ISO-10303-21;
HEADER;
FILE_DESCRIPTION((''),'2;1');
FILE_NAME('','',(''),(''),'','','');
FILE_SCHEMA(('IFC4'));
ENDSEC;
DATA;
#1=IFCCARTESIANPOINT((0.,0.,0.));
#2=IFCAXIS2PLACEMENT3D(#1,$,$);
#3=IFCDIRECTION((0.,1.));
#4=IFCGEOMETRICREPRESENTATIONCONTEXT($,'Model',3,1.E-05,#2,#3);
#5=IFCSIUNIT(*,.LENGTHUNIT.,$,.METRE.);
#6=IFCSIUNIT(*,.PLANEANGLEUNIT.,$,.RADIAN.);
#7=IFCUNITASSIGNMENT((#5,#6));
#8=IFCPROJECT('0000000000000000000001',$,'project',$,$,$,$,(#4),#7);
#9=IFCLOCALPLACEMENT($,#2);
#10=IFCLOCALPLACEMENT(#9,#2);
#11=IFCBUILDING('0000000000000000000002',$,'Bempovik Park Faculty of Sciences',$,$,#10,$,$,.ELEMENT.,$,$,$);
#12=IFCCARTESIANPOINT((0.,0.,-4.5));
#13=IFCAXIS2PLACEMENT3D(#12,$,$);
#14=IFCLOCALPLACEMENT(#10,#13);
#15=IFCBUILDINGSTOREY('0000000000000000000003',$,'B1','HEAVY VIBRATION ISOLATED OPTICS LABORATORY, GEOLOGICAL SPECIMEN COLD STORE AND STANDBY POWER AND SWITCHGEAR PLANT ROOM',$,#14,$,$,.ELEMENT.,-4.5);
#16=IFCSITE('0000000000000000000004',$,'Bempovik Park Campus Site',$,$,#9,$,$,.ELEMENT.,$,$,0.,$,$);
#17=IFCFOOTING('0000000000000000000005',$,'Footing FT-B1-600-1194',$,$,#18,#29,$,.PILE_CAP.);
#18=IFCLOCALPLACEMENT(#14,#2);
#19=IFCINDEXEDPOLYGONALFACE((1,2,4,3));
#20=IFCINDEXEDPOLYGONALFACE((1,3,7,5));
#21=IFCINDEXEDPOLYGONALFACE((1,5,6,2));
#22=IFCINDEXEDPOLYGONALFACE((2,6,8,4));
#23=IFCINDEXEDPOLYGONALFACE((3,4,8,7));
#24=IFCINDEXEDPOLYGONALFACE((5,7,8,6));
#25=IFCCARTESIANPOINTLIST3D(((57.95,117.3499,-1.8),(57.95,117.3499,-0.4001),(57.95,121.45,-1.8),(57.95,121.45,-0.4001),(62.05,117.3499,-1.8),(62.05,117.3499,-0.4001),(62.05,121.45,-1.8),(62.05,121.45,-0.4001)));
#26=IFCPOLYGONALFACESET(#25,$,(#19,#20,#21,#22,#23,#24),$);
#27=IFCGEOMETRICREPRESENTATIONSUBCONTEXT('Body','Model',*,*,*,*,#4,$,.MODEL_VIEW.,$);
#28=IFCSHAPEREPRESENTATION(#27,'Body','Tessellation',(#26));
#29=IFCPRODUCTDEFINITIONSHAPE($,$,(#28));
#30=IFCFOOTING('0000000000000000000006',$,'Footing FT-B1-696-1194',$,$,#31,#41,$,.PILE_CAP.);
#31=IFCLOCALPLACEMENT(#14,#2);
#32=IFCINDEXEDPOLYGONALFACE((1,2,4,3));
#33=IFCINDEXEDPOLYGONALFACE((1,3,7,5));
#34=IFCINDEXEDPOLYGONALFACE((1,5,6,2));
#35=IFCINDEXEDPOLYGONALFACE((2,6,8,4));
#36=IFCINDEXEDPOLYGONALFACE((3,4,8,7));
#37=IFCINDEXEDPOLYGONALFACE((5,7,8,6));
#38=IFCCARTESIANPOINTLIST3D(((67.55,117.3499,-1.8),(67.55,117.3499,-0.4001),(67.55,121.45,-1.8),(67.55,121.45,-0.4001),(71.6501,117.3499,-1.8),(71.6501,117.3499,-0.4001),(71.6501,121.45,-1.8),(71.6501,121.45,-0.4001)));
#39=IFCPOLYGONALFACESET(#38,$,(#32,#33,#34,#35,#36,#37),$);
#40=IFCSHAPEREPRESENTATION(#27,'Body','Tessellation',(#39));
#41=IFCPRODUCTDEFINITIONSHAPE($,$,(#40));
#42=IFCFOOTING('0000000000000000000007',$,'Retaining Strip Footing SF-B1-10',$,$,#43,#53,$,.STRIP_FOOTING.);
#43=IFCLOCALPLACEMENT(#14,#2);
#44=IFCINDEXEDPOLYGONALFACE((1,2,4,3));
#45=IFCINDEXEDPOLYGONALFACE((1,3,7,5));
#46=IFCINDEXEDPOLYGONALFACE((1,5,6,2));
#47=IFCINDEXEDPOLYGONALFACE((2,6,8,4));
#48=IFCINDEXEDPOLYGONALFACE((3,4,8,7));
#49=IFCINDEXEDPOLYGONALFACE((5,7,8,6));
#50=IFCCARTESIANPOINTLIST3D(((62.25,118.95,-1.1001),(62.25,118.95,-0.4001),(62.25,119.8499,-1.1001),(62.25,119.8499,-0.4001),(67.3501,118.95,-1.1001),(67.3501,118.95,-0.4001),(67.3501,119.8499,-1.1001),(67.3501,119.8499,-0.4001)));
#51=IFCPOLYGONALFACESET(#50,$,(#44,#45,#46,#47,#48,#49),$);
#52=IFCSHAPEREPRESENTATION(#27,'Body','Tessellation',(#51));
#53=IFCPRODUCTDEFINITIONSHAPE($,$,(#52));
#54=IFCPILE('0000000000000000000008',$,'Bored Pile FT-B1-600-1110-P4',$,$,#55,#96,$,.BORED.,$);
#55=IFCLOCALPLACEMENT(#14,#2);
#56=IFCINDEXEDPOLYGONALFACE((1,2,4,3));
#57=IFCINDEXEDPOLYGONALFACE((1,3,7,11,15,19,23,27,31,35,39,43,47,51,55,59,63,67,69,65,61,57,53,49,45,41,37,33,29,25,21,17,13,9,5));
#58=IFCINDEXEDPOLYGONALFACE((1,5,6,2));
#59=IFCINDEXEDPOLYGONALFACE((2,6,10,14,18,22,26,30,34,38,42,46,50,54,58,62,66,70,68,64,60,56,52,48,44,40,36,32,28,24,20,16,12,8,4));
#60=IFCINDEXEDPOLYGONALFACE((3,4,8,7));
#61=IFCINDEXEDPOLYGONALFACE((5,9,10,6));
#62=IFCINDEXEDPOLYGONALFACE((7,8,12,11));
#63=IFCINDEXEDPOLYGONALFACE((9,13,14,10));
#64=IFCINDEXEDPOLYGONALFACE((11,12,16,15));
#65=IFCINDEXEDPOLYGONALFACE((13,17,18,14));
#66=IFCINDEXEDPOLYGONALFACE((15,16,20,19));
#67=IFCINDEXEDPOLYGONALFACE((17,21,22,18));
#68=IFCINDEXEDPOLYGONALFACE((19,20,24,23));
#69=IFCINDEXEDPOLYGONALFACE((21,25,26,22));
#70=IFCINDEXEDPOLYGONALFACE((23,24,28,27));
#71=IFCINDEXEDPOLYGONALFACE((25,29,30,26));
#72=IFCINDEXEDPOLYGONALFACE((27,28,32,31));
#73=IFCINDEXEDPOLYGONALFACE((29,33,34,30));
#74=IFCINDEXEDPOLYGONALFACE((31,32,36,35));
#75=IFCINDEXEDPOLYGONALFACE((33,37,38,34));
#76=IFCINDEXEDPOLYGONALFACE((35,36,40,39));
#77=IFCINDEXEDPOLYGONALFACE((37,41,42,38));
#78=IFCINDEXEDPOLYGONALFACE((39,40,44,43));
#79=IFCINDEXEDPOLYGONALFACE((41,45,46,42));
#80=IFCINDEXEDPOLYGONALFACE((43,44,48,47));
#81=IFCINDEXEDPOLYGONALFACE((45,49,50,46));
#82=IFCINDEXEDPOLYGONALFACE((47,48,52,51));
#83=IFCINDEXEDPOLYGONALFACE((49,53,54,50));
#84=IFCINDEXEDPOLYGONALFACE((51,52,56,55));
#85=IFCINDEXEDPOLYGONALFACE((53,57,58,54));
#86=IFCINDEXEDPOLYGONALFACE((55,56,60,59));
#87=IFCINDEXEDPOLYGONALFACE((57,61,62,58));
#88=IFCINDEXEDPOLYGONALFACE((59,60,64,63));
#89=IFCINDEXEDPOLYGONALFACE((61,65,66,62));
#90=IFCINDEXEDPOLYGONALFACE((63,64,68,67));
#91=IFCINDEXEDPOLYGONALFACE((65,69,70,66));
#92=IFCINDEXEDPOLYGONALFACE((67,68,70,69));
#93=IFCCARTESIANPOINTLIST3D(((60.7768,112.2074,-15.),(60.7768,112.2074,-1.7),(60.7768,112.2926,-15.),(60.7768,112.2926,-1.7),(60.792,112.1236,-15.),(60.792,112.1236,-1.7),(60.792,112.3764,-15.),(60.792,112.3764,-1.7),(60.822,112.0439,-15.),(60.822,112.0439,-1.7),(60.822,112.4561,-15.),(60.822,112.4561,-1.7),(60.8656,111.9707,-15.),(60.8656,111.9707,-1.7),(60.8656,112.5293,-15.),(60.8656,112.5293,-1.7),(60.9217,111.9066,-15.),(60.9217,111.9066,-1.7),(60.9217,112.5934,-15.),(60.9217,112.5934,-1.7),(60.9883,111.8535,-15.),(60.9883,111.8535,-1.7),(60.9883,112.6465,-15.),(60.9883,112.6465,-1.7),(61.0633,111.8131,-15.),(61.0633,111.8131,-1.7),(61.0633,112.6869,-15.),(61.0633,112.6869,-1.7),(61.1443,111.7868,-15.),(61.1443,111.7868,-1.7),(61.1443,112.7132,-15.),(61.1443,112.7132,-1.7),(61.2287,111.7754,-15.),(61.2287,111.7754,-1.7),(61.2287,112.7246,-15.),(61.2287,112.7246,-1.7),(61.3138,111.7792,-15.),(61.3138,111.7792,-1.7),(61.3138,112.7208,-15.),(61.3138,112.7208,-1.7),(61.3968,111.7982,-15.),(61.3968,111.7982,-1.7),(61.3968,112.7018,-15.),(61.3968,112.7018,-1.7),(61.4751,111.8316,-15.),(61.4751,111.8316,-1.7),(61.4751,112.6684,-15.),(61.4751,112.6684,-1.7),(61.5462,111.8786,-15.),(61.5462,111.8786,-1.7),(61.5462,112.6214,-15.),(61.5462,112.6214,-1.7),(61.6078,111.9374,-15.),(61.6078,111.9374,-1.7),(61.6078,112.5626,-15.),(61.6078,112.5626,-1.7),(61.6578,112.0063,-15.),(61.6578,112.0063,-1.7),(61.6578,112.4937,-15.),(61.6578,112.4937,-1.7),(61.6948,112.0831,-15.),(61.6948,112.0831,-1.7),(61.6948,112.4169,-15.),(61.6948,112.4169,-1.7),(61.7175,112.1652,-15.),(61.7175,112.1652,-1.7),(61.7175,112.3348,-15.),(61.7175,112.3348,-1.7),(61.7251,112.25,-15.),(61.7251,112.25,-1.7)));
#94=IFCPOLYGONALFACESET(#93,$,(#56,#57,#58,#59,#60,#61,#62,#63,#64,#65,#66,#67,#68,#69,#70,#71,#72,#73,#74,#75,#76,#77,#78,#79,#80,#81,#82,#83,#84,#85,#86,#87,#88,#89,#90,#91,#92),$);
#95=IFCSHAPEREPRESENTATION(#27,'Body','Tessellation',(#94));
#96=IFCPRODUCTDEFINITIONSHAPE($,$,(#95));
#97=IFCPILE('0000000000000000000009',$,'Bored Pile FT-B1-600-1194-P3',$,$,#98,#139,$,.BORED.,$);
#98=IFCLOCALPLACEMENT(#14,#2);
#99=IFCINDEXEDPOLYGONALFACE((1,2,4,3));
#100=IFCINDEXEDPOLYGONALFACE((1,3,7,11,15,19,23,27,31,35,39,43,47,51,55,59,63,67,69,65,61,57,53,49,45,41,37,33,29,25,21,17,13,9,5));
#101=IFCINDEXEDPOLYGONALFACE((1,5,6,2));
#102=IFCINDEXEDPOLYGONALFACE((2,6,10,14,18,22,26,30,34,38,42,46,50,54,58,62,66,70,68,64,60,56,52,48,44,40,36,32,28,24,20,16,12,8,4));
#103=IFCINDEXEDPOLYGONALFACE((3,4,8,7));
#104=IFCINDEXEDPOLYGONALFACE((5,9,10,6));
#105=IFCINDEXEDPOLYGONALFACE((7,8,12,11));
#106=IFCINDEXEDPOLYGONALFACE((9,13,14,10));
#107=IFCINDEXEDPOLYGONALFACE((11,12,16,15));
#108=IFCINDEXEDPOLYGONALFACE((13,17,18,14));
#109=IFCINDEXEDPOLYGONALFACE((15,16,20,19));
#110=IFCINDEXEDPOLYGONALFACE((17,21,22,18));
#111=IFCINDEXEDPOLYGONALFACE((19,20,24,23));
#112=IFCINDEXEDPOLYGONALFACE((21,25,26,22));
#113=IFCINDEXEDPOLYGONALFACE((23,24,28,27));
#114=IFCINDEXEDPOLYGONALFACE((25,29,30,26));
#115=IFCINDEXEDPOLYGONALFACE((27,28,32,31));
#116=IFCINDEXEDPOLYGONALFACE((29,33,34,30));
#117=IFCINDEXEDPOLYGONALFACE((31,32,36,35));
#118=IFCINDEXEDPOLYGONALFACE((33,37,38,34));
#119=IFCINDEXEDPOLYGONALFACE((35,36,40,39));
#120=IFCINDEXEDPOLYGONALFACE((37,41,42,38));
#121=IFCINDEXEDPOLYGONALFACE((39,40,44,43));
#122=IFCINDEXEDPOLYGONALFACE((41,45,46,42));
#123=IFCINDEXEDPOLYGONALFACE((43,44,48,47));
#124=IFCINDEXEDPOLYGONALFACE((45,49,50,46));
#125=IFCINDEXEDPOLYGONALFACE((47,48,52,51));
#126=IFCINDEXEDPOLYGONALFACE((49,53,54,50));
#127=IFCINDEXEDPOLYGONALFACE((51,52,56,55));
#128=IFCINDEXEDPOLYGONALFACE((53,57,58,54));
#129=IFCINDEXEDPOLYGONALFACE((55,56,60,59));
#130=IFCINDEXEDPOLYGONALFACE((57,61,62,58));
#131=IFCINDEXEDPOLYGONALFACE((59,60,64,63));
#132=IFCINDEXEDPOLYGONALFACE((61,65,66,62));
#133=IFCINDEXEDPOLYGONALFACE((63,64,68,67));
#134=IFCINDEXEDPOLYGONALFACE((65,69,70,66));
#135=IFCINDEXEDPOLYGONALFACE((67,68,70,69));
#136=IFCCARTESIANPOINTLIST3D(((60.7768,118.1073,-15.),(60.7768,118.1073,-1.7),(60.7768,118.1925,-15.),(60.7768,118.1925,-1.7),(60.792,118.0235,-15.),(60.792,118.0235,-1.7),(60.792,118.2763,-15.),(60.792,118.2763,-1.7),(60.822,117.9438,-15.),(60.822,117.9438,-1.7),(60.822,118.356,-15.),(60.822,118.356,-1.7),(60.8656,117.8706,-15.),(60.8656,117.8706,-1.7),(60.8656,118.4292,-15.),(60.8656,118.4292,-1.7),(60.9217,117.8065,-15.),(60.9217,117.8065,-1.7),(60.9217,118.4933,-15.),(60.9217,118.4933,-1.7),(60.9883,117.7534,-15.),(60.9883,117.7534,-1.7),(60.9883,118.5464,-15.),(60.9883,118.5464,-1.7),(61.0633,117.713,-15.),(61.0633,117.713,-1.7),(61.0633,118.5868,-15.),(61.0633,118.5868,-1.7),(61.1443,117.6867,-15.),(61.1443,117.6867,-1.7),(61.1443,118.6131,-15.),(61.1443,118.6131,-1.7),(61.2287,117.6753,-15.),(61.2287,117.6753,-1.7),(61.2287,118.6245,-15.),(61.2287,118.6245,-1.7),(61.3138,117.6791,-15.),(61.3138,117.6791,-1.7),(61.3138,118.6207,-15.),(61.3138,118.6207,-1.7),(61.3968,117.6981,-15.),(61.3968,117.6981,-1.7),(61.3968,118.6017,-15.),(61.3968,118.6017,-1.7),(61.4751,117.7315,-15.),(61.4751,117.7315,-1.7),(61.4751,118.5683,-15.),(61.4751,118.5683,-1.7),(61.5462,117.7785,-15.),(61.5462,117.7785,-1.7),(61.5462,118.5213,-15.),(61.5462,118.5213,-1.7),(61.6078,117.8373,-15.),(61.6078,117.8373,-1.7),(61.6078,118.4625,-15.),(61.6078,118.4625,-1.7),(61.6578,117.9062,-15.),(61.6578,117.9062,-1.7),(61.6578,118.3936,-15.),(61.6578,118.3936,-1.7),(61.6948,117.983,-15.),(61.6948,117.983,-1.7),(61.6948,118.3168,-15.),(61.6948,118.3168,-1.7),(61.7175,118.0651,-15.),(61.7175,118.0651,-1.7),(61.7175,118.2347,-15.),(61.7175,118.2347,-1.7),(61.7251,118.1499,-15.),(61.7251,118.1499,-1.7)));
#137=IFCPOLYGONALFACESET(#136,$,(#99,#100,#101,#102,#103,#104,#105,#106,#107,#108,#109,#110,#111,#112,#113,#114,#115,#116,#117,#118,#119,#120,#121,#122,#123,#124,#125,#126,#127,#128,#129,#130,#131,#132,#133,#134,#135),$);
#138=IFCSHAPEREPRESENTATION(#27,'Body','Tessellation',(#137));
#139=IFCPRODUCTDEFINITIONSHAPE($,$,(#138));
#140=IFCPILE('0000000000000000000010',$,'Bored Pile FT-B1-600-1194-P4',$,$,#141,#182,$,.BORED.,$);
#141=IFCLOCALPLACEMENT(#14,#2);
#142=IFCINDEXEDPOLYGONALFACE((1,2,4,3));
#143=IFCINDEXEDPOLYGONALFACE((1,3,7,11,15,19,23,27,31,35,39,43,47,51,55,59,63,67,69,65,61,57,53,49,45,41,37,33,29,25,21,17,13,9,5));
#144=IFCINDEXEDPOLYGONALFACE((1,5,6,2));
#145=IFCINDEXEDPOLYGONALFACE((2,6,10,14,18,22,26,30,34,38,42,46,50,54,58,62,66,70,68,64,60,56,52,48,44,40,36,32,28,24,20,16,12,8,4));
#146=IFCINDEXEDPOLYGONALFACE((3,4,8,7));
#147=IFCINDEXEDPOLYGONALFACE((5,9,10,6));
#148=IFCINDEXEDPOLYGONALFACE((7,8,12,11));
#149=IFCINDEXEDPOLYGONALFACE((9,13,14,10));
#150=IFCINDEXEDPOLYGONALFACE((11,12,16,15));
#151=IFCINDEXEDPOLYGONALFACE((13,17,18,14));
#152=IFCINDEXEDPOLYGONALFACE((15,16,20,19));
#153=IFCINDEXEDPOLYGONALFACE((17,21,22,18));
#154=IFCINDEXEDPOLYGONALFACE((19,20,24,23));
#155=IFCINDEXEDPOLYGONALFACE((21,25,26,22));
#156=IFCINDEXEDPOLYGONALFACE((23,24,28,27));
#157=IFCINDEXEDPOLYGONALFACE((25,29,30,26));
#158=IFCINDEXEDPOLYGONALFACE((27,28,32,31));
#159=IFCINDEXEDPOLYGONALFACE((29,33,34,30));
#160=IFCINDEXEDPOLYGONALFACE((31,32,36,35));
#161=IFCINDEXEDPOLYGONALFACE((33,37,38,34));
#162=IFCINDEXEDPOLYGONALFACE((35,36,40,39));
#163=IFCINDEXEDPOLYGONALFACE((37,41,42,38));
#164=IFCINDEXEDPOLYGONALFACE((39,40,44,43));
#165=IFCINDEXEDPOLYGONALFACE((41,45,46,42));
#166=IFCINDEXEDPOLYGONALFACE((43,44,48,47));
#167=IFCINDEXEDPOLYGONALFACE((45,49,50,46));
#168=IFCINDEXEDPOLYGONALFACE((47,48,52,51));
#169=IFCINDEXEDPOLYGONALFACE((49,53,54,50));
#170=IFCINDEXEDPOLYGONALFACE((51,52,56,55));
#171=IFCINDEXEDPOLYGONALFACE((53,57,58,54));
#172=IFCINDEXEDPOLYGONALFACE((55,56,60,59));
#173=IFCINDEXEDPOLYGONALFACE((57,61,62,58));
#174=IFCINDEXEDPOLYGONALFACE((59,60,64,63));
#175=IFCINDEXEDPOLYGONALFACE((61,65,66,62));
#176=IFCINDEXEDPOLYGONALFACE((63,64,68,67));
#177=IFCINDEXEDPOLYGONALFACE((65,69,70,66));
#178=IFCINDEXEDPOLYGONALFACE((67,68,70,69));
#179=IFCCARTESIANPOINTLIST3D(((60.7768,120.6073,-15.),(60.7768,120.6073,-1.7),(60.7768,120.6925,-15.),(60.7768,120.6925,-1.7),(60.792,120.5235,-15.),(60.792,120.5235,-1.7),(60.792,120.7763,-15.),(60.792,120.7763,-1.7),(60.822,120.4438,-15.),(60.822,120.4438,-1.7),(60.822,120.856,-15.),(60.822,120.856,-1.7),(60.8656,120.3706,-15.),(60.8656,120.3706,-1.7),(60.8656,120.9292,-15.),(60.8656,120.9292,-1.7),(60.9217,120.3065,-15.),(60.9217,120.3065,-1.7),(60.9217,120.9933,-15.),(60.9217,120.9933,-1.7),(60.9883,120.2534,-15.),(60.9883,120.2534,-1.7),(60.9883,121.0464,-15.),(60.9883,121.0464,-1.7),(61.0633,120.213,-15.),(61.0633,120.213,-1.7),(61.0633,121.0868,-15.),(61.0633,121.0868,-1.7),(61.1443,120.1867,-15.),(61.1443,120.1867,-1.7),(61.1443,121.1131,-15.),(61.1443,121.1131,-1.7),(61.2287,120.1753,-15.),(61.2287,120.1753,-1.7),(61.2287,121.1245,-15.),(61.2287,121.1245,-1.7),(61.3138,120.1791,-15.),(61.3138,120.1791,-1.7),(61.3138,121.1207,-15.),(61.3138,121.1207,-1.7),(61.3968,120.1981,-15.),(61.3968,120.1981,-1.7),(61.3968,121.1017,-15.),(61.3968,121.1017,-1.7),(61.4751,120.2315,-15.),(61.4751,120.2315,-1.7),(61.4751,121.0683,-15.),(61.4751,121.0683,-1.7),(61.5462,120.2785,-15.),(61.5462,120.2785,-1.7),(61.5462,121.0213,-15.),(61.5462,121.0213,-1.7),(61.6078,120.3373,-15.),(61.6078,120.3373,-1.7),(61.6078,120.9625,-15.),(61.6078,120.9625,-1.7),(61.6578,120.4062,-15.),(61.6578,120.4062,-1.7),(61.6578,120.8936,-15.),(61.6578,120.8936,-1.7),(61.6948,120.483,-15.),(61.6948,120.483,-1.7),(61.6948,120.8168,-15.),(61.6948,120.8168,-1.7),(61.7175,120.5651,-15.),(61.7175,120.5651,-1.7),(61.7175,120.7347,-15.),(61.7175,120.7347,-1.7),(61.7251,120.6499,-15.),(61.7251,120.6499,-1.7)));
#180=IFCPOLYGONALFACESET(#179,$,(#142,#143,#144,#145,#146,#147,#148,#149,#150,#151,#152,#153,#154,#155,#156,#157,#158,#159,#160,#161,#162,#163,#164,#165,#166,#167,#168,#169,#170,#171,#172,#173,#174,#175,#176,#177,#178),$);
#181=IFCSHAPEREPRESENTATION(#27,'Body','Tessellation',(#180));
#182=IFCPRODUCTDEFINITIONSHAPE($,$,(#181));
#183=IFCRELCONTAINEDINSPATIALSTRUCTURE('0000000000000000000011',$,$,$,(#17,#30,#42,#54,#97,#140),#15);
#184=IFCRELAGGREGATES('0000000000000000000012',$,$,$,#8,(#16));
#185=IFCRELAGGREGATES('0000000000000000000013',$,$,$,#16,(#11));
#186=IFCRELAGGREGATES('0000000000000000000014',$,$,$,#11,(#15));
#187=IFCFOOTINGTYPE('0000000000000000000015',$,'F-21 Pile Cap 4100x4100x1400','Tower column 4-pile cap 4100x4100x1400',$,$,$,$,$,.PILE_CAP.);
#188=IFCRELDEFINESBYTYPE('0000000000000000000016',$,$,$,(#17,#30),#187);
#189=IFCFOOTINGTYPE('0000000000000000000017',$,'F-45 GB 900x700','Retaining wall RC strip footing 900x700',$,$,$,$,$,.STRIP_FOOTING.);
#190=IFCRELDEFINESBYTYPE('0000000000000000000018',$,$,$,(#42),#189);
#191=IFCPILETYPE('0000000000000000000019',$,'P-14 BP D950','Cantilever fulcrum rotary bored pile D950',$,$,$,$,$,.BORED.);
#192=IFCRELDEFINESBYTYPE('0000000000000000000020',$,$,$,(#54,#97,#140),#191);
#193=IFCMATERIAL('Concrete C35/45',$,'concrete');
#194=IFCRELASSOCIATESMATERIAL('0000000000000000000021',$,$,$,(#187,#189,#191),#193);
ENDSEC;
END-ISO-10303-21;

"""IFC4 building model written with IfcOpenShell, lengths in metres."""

from ifc_helpers import new_model, si_unit, direction, frame, origin, origin_2d, place, context, subcontext, project, spatial, rectangle, circle, extrude, material, material_profile, profile_set, type_object, element, save


model = new_model("IFC4")

# Units and contexts
model_context = context("Model", 3, precision=1e-05, world=origin(), true_north=direction((0.0, 1.0)))
body_context = subcontext(model_context, "Body", "Model", "MODEL_VIEW")
ifc_project = project(units=[si_unit("LENGTHUNIT", "METRE"), si_unit("PLANEANGLEUNIT", "RADIAN")], contexts=[model_context])

# Site, building, storey
site_placement = place(None, origin())
site = spatial("IfcSite", under=ifc_project, at=site_placement, Name="Bempovik Park Campus Site", CompositionType="ELEMENT", RefElevation=0.0)
building_placement = place(site_placement, origin())
building = spatial("IfcBuilding", under=site, at=building_placement, Name="Bempovik Park Faculty of Sciences", CompositionType="ELEMENT")
storey_placement = place(building_placement, frame((0.0, 0.0, -4.5)))
storey = spatial("IfcBuildingStorey", under=building, at=storey_placement, Name="B1", Description="HEAVY VIBRATION ISOLATED OPTICS LABORATORY, GEOLOGICAL SPECIMEN COLD STORE AND STANDBY POWER AND SWITCHGEAR PLANT ROOM", CompositionType="ELEMENT", Elevation=-4.5)

# Footings
ifc_material_1 = material(Name="Concrete C35/45", Category="concrete")
footing_type_1 = type_object("IfcFootingType", Name="F-21 Pile Cap 4100x4100x1400", Description="Tower column 4-pile cap 4100x4100x1400", PredefinedType="PILE_CAP", material=ifc_material_1)
for number, where, z_axis, x_axis, name in (
    (1, (60.0, 119.3999, -1.8), (0.0, 0.0, 1.0), (1.0, 0.0, 0.0), "Footing FT-B1-600-1194"),
    (2, (69.6001, 119.3999, -1.8), (0.0, 0.0, 1.0), (1.0, 0.0, 0.0), "Footing FT-B1-696-1194"),
):
    element("IfcFooting", number, at=place(storey_placement, frame(where, z_axis=z_axis, x_axis=x_axis)), inside=storey, type_object=footing_type_1, Name=name, PredefinedType="PILE_CAP", context=body_context, shape_type="SweptSolid", body=[
        extrude(rectangle(XDim=4.1001, YDim=4.1001, at=origin_2d()), origin(), (0.0, 0.0, 1.0), 1.3999),
    ])
footing_type_2 = type_object("IfcFootingType", Name="F-45 GB 900x700", Description="Retaining wall RC strip footing 900x700", PredefinedType="STRIP_FOOTING", material=ifc_material_1)
footing_placement = place(storey_placement, frame((64.8, 119.3999, -1.1001), z_axis=(0.0, 0.0, 1.0), x_axis=(1.0, 0.0, 0.0)))
element("IfcFooting", 3, at=footing_placement, inside=storey, type_object=footing_type_2, Name="Retaining Strip Footing SF-B1-10", PredefinedType="STRIP_FOOTING", context=body_context, shape_type="SweptSolid", body=[
    extrude(rectangle(XDim=5.1001, YDim=0.8999, at=origin_2d()), origin(), (0.0, 0.0, 1.0), 0.7),
])

# Piles
ifc_material_profile_1 = material_profile(ifc_material_1, circle(Radius=0.4751, at=origin_2d()), Name="BP D950")
ifc_profile_set_1 = profile_set([ifc_material_profile_1], Name="Concrete C35/45")
pile_type = type_object("IfcPileType", Name="P-14 BP D950", Description="Cantilever fulcrum rotary bored pile D950", PredefinedType="BORED", material=ifc_profile_set_1)
for number, where, z_axis, x_axis, name in (
    (4, (61.25, 112.25, -1.7), (0.0, 0.0, -1.0), (1.0, 0.0, 0.0), "Bored Pile FT-B1-600-1110-P4"),
    (5, (61.25, 118.1499, -1.7), (0.0, 0.0, -1.0), (1.0, 0.0, 0.0), "Bored Pile FT-B1-600-1194-P3"),
    (6, (61.25, 120.6499, -1.7), (0.0, 0.0, -1.0), (1.0, 0.0, 0.0), "Bored Pile FT-B1-600-1194-P4"),
):
    element("IfcPile", number, at=place(storey_placement, frame(where, z_axis=z_axis, x_axis=x_axis)), inside=storey, type_object=pile_type, Name=name, PredefinedType="BORED", context=body_context, shape_type="SweptSolid", body=[
        extrude(circle(Radius=0.4751, at=origin_2d()), origin(), (0.0, 0.0, 1.0), 13.3),
    ])

save(model, "model.ifc")
